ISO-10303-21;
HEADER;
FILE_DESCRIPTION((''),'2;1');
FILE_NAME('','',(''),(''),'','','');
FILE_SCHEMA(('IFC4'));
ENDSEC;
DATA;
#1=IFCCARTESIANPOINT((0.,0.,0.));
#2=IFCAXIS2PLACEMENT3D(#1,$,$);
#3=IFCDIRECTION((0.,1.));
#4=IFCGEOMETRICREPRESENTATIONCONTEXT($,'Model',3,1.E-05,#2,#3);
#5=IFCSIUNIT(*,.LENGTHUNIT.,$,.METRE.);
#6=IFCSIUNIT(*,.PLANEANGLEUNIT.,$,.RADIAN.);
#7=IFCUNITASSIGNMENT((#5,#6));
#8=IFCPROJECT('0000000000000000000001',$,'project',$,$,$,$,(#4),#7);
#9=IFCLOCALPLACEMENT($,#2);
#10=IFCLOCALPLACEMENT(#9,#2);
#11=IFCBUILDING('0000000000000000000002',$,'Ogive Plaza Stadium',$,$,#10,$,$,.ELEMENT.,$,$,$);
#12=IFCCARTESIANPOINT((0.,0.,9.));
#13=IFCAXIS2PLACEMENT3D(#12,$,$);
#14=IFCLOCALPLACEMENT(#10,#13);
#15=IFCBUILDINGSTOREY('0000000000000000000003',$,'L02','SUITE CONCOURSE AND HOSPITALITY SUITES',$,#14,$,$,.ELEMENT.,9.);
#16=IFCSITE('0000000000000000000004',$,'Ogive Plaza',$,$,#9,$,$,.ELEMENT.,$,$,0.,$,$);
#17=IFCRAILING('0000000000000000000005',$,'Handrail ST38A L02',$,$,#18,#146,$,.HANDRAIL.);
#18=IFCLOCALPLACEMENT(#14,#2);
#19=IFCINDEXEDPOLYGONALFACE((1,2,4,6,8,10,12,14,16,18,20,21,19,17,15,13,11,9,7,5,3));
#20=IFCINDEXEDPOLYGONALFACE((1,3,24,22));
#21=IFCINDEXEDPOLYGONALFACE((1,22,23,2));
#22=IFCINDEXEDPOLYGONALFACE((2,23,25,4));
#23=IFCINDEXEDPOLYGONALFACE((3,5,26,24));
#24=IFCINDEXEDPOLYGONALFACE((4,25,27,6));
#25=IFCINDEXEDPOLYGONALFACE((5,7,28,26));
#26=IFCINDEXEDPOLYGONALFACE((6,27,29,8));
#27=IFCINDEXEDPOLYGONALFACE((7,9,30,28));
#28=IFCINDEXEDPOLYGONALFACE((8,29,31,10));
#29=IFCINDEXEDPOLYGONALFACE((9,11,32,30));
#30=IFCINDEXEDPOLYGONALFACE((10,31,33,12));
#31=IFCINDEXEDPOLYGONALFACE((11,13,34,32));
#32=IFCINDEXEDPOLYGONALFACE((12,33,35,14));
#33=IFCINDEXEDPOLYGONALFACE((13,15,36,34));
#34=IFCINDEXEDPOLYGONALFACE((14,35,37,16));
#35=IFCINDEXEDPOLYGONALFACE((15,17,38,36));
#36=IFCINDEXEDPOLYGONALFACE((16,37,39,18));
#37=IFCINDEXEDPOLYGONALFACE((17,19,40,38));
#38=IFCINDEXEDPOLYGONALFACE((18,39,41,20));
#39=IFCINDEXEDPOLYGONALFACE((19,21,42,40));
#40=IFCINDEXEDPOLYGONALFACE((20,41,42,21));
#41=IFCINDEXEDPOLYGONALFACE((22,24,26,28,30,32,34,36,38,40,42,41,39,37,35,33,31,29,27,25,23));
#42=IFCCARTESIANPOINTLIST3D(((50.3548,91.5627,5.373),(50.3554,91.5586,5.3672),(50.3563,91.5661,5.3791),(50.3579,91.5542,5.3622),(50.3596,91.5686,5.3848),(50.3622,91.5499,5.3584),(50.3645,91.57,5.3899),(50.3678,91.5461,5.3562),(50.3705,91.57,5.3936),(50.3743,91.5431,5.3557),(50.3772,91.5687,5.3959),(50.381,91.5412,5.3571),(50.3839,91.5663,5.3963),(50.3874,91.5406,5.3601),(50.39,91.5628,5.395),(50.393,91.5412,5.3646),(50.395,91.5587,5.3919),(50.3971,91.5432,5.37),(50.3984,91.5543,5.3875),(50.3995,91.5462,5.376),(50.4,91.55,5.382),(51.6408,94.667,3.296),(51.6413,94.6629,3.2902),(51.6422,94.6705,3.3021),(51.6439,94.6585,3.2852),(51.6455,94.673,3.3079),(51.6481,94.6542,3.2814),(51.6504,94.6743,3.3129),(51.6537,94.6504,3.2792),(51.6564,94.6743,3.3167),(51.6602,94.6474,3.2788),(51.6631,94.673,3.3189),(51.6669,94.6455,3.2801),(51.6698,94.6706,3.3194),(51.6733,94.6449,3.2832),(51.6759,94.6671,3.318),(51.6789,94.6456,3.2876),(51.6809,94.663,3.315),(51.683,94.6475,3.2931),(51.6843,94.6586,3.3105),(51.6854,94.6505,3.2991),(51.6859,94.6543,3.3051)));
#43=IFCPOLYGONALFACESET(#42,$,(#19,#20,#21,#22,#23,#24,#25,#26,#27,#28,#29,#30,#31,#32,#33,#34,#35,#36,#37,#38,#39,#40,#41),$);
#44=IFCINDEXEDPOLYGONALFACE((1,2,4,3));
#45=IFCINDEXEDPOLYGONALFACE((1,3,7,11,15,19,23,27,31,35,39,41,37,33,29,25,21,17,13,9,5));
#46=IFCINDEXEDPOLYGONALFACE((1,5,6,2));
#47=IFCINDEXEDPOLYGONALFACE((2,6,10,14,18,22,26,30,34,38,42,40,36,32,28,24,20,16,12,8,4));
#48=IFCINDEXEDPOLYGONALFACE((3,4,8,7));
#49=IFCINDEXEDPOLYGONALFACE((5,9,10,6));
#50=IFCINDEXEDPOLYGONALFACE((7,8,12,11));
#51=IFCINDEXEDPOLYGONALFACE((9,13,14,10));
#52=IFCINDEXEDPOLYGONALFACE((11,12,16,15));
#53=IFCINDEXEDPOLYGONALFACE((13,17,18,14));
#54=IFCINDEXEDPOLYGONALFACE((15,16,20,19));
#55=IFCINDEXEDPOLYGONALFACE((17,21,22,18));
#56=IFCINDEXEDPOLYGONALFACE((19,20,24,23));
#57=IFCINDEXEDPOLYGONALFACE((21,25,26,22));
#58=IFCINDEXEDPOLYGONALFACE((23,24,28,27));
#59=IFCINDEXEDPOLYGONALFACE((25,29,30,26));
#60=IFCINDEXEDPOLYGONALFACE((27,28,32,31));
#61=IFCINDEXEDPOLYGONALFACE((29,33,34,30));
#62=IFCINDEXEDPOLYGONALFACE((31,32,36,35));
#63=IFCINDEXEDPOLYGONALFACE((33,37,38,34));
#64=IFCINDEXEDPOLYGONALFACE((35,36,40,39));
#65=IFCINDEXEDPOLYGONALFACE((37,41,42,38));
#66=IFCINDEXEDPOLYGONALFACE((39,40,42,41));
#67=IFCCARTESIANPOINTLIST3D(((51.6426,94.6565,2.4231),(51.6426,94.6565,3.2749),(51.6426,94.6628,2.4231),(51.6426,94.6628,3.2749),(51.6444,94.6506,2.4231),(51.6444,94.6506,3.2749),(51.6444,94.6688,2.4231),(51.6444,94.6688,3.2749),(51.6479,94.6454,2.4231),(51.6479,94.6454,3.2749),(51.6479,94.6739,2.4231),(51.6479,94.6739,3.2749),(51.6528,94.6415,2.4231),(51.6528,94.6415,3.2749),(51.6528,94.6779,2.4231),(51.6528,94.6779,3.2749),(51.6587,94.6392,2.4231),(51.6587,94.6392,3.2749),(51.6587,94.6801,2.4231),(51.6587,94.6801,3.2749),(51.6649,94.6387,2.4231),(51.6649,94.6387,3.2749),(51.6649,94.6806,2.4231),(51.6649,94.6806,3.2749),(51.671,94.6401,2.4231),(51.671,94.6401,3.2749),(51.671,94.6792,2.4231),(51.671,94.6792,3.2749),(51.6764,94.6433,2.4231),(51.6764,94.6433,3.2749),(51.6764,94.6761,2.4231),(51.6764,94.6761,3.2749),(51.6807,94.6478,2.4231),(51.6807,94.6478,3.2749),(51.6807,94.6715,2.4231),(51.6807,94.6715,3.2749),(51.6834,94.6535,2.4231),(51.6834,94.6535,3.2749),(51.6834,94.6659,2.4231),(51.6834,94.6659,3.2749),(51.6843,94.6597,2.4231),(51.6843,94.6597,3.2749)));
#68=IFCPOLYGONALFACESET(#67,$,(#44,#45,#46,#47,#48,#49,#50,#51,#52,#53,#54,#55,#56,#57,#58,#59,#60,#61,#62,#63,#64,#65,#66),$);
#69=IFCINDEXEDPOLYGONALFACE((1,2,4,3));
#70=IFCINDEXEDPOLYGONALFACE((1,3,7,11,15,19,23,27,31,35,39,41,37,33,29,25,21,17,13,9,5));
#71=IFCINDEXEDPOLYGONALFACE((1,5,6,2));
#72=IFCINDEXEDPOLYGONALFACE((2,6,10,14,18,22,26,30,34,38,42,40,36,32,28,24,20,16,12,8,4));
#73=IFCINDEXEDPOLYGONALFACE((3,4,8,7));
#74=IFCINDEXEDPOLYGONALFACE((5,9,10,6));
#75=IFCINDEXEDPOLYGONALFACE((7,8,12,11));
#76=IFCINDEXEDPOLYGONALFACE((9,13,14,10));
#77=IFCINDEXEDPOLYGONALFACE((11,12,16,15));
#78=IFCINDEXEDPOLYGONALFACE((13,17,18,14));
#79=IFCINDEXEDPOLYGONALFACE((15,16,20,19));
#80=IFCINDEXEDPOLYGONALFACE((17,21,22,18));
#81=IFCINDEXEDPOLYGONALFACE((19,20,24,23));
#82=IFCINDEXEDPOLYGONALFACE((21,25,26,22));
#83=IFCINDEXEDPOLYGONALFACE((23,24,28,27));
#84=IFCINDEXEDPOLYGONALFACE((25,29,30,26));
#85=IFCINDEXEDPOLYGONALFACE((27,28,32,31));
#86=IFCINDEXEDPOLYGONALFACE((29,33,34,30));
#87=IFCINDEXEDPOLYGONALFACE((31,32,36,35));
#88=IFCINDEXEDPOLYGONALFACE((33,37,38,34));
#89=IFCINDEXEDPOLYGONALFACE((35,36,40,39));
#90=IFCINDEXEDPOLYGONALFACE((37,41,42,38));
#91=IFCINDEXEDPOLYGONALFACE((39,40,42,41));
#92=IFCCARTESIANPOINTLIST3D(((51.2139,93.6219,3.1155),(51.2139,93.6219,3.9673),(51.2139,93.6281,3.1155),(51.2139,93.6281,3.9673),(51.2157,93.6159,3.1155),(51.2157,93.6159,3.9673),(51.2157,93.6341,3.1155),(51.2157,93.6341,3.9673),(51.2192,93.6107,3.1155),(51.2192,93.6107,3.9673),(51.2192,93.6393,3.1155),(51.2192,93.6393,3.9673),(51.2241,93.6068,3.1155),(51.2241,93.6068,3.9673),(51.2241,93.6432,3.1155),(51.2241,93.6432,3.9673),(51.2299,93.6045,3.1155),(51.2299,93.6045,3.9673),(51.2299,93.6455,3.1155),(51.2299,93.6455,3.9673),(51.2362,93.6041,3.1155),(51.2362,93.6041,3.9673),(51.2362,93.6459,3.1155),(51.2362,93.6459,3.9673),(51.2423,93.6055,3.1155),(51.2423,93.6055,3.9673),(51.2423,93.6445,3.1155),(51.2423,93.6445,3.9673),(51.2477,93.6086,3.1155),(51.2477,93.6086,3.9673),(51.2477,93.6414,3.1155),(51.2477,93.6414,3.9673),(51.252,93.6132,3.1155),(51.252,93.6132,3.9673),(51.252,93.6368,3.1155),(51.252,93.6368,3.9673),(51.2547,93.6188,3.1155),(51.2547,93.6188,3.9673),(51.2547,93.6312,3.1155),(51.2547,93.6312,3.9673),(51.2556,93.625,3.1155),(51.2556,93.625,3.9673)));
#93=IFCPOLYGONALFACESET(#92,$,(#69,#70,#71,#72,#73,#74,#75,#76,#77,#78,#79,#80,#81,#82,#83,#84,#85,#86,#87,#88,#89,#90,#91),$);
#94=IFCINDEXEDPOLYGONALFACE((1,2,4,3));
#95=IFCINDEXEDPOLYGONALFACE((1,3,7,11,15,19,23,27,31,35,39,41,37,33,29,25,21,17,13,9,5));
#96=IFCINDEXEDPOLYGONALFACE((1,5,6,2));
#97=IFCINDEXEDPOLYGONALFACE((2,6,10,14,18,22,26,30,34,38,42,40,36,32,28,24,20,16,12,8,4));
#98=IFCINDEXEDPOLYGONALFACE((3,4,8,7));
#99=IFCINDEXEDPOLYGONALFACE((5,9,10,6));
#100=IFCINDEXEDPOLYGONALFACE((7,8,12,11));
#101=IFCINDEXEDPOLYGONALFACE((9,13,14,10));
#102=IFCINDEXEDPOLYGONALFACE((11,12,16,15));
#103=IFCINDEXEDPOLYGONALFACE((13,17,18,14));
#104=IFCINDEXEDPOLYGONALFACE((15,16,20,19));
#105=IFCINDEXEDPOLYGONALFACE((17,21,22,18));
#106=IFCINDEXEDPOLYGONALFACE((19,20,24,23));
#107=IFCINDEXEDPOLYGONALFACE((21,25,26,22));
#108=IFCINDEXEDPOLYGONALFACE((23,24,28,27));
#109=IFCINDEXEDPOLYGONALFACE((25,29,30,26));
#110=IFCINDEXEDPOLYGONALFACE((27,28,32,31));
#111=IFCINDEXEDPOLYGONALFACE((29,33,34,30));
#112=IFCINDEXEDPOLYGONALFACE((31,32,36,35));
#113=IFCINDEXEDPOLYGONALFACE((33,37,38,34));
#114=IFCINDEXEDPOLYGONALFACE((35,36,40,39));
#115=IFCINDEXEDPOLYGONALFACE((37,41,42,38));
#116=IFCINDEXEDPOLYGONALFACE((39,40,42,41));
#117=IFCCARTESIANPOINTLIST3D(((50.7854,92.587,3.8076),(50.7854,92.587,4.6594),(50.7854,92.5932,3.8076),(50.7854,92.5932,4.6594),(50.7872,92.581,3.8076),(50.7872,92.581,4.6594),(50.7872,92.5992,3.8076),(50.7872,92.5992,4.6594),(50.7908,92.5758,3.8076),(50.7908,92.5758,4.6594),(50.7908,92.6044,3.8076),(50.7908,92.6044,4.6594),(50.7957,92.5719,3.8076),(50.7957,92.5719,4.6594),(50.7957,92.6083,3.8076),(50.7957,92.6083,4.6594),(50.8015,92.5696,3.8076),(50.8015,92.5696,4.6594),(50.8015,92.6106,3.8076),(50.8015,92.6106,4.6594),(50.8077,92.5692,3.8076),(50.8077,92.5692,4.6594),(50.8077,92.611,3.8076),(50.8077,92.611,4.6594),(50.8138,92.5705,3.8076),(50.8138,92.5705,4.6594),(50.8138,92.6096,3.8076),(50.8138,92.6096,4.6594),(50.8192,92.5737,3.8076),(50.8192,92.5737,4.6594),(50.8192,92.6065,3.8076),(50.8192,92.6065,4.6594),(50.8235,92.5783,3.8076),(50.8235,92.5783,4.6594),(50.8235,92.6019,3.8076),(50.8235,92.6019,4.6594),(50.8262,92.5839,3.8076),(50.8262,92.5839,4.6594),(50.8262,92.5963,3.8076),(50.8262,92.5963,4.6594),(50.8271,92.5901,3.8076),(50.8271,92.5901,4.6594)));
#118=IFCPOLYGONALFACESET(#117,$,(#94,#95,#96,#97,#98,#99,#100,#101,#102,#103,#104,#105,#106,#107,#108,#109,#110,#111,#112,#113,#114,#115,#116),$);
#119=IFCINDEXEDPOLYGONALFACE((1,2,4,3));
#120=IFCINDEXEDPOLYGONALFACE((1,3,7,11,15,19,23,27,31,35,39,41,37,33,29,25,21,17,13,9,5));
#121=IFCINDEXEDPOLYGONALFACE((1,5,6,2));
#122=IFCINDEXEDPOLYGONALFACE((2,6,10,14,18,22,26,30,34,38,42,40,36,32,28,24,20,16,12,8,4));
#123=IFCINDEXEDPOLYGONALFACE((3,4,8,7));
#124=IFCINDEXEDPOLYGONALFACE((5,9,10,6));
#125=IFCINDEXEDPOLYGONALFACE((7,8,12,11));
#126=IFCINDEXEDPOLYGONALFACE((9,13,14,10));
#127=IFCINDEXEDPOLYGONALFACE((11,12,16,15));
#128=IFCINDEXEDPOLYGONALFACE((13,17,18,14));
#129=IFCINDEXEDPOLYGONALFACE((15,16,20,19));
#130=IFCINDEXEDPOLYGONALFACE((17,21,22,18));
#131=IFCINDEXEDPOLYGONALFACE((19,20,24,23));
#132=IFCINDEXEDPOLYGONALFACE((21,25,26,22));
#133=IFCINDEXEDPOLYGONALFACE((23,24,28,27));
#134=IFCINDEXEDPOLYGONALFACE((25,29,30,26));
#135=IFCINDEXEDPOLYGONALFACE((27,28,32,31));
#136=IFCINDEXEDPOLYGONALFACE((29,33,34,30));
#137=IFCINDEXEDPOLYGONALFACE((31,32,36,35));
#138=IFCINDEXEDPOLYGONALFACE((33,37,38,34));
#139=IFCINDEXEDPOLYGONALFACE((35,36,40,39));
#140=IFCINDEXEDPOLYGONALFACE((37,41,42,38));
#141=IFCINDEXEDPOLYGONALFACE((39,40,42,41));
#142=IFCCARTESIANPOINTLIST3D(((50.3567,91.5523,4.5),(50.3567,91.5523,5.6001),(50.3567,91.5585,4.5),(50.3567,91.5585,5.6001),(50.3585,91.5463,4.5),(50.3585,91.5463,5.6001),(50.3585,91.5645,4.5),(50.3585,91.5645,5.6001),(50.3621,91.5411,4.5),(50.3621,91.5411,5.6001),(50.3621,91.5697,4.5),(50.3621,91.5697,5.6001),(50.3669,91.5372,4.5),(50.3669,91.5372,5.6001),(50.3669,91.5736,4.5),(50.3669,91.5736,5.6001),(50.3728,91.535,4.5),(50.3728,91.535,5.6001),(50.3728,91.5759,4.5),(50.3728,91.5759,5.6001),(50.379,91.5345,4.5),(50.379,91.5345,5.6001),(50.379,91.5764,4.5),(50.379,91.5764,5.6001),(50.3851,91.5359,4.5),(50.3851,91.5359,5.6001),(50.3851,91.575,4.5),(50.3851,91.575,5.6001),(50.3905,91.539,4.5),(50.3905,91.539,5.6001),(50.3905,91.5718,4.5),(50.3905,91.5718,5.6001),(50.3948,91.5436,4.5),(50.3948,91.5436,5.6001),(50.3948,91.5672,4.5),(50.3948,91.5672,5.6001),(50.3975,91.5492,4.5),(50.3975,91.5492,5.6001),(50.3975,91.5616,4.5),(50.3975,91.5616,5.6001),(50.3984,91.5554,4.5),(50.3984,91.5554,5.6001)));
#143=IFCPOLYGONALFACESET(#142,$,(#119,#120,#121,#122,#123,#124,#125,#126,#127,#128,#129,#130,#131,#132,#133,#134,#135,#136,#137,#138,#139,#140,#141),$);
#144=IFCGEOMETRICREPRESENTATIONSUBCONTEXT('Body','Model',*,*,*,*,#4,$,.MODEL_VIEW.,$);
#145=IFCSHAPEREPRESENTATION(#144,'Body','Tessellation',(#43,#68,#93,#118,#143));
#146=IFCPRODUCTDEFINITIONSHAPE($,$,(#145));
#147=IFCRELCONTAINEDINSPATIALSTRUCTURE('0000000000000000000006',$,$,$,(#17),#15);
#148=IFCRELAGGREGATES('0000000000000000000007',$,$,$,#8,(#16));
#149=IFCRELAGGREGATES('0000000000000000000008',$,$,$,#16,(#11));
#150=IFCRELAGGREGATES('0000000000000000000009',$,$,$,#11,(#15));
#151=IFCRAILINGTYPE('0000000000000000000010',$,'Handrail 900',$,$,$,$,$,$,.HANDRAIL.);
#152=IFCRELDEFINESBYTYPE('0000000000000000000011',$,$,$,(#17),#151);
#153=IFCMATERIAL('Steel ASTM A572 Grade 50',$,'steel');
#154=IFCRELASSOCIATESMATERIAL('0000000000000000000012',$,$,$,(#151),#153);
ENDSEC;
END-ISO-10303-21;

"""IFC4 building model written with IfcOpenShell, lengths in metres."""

from ifc_helpers import new_model, si_unit, direction, frame, origin, origin_2d, place, context, subcontext, project, spatial, circle, extrude, material, type_object, element, save


model = new_model("IFC4")

# Units and contexts
model_context = context("Model", 3, precision=1e-05, world=origin(), true_north=direction((0.0, 1.0)))
body_context = subcontext(model_context, "Body", "Model", "MODEL_VIEW")
ifc_project = project(units=[si_unit("LENGTHUNIT", "METRE"), si_unit("PLANEANGLEUNIT", "RADIAN")], contexts=[model_context])

# Site, building, storey
site_placement = place(None, origin())
site = spatial("IfcSite", under=ifc_project, at=site_placement, Name="Ogive Plaza", CompositionType="ELEMENT", RefElevation=0.0)
building_placement = place(site_placement, origin())
building = spatial("IfcBuilding", under=site, at=building_placement, Name="Ogive Plaza Stadium", CompositionType="ELEMENT")
storey_placement = place(building_placement, frame((0.0, 0.0, 9.0)))
storey = spatial("IfcBuildingStorey", under=building, at=storey_placement, Name="L02", Description="SUITE CONCOURSE AND HOSPITALITY SUITES", CompositionType="ELEMENT", Elevation=9.0)

# Railing
ifc_material_1 = material(Name="Steel ASTM A572 Grade 50", Category="steel")
railing_type_1 = type_object("IfcRailingType", Name="Handrail 900", PredefinedType="HANDRAIL", material=ifc_material_1)
railing_1_placement = place(storey_placement, frame((51.6633, 94.6597, 2.4231)))
element("IfcRailing", 1, at=railing_1_placement, inside=storey, type_object=railing_type_1, Name="Handrail ST38A L02", PredefinedType="HANDRAIL", context=body_context, shape_type="SweptSolid", body=[
    extrude(circle(Radius=0.0239, at=origin_2d()), frame((0.0, 0.0, 0.876), z_axis=(-0.325532, -0.785863, 0.525783), x_axis=(0.923872, -0.3827, 0.0)), (0.0, 0.0, 1.0), 3.9502),
    extrude(circle(Radius=0.021, at=origin_2d()), origin(), (0.0, 0.0, 1.0), 0.8518),
    extrude(circle(Radius=0.021, at=origin_2d()), frame((-0.4287, -1.0347, 0.6924)), (0.0, 0.0, 1.0), 0.8518),
    extrude(circle(Radius=0.021, at=origin_2d()), frame((-0.8572, -2.0696, 1.3845)), (0.0, 0.0, 1.0), 0.8518),
    extrude(circle(Radius=0.021, at=origin_2d()), frame((-1.2859, -3.1042, 2.0769)), (0.0, 0.0, 1.0), 1.1001),
])

save(model, "model.ifc")
